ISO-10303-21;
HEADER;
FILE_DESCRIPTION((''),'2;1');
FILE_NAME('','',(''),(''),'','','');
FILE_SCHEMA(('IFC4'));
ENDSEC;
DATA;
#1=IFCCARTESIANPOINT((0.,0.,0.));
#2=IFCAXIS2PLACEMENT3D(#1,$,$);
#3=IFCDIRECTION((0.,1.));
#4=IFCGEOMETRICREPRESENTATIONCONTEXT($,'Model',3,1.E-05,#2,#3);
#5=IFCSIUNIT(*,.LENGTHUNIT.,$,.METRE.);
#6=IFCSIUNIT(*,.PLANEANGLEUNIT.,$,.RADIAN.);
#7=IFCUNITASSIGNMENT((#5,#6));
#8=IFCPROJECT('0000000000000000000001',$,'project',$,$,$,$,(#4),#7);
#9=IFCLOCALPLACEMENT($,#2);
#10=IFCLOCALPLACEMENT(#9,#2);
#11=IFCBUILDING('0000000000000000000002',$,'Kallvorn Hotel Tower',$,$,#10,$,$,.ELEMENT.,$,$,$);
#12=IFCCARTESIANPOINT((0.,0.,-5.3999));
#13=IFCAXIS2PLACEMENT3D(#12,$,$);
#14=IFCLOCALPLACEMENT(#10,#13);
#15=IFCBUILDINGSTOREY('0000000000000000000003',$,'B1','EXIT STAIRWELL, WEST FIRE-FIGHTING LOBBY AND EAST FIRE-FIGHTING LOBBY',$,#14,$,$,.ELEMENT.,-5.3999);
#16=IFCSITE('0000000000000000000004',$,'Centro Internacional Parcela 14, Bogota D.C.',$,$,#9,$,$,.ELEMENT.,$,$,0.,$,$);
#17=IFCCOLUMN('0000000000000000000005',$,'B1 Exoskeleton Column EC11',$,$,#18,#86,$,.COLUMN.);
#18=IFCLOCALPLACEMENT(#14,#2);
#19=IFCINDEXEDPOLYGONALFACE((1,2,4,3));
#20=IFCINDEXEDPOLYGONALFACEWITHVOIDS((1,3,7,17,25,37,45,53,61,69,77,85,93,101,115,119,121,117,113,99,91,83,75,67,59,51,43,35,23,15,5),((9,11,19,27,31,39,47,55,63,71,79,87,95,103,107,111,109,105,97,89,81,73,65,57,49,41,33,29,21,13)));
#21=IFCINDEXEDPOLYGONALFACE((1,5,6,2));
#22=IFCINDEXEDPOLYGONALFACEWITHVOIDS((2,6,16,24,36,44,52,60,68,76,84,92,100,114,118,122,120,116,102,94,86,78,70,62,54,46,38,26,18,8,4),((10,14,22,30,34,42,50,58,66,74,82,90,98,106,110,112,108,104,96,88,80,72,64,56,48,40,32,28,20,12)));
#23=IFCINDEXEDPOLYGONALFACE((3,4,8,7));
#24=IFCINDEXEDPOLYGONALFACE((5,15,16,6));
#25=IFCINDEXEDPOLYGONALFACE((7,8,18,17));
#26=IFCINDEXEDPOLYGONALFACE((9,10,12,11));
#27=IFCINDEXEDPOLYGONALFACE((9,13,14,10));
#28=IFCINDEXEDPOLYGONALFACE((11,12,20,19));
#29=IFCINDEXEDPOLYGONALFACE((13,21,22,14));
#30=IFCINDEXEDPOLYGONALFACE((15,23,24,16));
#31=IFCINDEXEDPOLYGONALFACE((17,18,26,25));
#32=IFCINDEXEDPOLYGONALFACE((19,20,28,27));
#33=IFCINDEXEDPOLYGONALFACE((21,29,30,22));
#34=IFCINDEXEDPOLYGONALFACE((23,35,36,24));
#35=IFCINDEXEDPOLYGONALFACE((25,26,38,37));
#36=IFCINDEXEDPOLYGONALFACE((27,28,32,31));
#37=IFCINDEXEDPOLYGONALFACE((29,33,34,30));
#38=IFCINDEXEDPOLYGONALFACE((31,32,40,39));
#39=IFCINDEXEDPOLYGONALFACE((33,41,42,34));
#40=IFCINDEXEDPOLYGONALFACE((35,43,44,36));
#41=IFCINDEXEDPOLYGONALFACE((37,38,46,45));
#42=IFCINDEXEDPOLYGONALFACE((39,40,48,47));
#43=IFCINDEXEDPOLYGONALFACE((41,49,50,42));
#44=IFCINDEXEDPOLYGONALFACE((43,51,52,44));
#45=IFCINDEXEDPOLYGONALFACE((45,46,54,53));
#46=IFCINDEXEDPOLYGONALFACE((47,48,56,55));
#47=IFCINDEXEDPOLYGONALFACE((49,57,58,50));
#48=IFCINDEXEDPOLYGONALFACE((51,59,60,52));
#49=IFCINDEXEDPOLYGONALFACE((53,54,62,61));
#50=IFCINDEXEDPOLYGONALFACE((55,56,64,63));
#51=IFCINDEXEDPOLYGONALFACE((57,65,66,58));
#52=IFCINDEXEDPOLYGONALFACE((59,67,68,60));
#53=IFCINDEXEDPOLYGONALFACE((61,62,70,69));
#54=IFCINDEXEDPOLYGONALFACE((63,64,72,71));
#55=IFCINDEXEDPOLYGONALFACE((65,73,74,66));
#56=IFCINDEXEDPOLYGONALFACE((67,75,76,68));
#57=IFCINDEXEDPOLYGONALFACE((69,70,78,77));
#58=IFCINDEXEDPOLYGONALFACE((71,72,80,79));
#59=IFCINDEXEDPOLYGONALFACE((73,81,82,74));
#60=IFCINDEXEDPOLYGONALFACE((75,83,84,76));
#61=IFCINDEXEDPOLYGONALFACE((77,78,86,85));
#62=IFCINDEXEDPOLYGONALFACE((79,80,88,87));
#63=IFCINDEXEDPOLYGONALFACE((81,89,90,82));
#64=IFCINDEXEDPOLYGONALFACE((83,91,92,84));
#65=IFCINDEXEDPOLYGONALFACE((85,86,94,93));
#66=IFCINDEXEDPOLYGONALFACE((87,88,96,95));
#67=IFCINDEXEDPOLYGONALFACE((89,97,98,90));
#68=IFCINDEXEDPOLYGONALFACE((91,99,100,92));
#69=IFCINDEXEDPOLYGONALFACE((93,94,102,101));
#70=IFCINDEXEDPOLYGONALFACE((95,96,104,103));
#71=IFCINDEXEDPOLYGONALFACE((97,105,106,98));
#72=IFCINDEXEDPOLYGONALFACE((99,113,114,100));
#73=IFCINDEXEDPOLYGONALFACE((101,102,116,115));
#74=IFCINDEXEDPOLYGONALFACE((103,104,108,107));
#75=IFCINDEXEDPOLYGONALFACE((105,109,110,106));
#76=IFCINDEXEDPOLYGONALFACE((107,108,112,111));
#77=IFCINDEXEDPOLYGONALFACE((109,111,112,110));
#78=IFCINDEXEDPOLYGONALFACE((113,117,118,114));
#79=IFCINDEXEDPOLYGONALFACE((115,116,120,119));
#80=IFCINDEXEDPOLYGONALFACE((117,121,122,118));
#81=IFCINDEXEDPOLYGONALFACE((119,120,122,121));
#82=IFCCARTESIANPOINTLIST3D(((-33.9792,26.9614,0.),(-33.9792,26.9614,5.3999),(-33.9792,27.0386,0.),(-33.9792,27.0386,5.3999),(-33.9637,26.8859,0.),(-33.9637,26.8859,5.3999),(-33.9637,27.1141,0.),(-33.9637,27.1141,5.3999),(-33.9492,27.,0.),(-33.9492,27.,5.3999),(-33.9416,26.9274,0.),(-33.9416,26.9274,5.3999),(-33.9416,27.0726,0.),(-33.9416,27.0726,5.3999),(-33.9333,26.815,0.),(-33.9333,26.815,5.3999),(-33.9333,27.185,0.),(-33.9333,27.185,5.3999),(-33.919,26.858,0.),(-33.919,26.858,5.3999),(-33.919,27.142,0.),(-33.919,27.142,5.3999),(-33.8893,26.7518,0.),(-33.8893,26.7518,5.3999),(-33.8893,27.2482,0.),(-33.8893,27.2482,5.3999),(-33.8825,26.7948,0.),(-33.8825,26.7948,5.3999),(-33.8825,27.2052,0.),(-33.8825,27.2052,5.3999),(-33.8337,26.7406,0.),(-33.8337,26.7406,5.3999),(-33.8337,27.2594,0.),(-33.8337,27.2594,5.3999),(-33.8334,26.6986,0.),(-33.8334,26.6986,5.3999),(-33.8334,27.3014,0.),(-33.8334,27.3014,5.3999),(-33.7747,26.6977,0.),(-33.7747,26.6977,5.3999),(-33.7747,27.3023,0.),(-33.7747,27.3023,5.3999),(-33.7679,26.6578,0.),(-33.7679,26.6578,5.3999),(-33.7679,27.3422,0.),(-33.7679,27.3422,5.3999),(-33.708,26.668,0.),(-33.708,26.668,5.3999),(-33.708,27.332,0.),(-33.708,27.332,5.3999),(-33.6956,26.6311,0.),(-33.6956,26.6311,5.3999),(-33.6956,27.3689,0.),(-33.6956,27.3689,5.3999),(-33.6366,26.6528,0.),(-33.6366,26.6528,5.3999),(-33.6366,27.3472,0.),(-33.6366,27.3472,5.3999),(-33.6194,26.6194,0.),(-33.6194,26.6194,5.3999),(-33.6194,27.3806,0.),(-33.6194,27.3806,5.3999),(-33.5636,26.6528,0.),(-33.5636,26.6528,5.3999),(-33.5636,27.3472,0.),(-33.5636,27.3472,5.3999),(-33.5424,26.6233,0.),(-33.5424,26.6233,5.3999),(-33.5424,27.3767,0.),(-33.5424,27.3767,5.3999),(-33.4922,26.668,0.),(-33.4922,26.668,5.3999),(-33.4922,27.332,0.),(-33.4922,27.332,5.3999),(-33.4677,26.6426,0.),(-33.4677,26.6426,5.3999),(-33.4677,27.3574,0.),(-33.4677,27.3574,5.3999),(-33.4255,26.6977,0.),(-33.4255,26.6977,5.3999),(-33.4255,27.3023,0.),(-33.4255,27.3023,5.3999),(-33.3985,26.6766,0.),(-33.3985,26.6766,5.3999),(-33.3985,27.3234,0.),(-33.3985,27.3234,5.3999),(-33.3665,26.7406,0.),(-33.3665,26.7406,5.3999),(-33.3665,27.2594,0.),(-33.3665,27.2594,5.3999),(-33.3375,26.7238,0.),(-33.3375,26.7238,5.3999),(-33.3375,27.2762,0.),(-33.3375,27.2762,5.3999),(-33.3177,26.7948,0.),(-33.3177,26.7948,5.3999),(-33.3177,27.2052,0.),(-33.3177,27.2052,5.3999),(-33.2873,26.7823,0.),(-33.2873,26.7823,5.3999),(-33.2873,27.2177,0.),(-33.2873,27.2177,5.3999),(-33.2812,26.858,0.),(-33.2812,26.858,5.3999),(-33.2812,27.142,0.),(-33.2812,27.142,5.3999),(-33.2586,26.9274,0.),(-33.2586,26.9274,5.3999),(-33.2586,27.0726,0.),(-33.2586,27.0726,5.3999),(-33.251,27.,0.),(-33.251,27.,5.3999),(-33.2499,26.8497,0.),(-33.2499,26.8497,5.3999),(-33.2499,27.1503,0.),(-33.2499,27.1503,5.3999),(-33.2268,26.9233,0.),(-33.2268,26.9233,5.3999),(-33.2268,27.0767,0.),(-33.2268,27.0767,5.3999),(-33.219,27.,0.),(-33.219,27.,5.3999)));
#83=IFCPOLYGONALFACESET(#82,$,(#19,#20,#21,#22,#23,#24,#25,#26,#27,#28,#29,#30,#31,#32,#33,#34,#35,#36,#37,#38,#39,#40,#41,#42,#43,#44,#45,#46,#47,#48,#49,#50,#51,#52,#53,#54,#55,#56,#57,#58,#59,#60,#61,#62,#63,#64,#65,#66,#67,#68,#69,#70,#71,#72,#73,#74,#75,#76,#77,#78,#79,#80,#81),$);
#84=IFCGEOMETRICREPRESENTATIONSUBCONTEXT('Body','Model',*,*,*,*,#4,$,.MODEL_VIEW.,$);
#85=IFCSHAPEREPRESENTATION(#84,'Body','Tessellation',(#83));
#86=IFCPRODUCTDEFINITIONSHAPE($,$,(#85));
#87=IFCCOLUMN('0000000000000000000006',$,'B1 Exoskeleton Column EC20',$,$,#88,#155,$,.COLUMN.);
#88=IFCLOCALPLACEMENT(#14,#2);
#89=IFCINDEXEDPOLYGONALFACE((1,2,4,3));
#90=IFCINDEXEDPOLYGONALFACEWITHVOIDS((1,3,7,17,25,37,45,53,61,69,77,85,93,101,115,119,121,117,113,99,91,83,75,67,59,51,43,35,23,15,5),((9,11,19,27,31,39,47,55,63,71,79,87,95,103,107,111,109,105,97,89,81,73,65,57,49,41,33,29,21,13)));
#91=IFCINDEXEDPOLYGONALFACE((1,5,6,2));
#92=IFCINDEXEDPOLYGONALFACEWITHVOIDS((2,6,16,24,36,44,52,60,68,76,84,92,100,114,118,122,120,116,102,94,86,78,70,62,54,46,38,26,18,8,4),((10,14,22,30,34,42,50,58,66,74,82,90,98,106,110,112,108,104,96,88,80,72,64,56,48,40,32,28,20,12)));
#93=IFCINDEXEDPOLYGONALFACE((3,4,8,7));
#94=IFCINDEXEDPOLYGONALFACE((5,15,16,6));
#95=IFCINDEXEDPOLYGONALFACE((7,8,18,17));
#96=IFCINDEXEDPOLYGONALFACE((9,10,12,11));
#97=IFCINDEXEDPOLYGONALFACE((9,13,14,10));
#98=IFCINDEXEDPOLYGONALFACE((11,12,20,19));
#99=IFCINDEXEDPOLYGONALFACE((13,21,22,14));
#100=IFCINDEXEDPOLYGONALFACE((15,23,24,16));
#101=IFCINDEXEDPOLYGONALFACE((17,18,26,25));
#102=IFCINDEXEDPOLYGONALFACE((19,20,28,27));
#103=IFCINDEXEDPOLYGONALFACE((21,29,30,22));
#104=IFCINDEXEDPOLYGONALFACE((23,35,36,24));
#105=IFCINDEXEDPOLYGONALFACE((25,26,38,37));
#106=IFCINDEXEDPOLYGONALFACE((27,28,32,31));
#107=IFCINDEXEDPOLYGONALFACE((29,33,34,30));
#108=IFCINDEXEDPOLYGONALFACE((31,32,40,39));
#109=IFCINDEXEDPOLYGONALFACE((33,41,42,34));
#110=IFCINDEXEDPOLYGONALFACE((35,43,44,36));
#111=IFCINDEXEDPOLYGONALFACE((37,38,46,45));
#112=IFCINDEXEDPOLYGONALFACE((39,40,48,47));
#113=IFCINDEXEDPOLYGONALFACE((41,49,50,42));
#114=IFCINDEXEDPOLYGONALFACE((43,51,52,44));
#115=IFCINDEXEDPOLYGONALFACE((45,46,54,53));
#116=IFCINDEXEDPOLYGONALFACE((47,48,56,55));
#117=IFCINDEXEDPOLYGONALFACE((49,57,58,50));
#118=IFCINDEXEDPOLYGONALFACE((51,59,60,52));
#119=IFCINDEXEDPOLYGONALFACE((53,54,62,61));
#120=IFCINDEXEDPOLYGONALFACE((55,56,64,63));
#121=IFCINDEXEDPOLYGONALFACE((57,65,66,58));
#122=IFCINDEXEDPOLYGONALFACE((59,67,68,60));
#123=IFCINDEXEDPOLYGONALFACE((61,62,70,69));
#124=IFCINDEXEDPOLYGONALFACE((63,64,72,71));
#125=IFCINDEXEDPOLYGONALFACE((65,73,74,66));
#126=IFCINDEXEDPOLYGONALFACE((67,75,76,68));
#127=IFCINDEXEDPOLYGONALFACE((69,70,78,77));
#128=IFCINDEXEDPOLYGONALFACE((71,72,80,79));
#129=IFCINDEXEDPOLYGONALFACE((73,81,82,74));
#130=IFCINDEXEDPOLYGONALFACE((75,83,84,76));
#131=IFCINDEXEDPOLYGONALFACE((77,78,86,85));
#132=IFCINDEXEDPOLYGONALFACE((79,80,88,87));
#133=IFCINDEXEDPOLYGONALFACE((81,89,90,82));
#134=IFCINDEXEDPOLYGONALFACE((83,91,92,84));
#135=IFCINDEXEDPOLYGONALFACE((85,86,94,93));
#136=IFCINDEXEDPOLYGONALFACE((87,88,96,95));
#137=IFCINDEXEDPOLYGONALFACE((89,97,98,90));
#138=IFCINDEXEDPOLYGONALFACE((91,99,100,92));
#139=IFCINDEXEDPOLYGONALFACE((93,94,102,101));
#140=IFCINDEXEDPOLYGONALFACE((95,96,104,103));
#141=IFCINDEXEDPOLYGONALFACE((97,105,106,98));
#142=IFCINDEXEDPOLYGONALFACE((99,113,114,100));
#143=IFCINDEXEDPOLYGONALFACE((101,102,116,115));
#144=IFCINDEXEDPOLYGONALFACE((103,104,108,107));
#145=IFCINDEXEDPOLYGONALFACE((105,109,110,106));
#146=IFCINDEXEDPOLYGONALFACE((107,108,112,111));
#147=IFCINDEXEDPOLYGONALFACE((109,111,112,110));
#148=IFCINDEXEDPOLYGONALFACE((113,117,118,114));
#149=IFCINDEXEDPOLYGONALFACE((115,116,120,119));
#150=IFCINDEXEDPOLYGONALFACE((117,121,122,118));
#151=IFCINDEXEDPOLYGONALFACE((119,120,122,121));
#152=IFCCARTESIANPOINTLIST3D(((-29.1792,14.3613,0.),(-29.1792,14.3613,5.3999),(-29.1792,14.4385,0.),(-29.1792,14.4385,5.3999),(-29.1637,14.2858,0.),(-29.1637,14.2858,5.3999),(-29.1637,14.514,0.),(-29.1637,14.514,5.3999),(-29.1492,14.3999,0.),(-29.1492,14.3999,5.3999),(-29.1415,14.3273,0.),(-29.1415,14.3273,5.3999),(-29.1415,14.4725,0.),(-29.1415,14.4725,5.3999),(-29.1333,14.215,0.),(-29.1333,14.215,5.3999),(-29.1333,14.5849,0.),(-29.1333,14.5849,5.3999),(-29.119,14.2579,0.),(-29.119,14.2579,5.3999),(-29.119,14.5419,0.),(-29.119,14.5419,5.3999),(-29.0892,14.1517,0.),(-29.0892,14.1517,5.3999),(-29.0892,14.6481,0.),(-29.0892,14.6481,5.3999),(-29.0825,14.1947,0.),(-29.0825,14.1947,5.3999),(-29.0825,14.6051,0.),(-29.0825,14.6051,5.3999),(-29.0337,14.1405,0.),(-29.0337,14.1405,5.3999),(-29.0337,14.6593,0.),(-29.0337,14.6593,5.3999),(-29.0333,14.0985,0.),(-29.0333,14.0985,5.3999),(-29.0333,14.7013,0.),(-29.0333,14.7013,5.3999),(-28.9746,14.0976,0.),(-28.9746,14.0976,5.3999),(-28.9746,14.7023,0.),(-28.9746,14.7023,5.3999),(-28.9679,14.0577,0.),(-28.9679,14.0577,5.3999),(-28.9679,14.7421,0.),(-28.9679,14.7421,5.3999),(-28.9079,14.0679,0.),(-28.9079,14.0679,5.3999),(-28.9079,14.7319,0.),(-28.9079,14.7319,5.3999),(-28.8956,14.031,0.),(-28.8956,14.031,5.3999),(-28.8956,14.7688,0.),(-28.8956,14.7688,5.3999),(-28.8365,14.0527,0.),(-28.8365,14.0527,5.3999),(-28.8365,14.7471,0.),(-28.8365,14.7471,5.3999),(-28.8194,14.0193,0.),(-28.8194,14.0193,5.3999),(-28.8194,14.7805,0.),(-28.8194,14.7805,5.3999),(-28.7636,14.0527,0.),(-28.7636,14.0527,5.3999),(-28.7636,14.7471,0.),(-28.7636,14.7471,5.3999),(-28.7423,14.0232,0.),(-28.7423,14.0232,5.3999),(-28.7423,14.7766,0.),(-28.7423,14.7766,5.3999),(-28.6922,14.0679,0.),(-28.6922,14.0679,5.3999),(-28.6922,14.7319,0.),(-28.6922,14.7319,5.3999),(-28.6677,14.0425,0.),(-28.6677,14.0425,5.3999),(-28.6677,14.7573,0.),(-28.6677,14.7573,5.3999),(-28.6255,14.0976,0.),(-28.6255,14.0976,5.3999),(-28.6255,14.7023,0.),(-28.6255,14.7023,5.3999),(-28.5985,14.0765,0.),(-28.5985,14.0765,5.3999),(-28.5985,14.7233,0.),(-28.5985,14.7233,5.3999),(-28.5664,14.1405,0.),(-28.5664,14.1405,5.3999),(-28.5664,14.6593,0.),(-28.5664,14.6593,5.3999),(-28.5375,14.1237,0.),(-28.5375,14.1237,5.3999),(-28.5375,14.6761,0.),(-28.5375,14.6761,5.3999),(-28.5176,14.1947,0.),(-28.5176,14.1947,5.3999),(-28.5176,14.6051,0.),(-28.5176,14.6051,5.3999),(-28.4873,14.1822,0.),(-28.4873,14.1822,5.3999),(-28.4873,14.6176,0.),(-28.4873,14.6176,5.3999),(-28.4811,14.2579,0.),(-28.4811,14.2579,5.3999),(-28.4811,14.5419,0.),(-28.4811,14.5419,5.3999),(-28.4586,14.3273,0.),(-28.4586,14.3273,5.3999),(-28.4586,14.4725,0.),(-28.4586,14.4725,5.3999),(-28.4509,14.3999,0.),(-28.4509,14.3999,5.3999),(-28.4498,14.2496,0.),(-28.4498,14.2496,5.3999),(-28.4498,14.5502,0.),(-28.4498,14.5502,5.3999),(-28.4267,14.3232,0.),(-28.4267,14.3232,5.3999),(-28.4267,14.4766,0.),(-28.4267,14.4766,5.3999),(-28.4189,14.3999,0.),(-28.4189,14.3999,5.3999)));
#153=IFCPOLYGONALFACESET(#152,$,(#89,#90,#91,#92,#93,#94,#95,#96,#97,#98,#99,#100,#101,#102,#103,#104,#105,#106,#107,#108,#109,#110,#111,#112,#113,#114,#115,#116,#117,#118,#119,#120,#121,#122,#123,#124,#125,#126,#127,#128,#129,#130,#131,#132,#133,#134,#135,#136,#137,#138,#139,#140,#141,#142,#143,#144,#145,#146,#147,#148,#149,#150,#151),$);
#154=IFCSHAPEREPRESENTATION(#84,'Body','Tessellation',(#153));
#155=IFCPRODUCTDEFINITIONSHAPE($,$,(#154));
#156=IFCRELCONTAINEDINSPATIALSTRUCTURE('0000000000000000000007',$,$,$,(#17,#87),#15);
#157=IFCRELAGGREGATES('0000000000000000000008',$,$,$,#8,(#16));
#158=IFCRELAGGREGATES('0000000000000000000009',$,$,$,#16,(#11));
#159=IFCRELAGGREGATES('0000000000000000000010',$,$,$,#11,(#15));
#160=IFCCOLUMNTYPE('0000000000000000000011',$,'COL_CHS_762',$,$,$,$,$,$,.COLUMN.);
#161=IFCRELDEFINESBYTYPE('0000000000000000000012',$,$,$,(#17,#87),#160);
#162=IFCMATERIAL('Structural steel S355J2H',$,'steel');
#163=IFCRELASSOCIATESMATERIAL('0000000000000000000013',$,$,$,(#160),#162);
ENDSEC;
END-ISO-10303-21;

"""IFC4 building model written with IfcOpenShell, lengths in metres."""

from ifc_helpers import new_model, si_unit, direction, frame, origin, origin_2d, place, context, subcontext, project, spatial, hollow_circle, extrude, material, material_profile, profile_set, type_object, element, save


model = new_model("IFC4")

# Units and contexts
model_context = context("Model", 3, precision=1e-05, world=origin(), true_north=direction((0.0, 1.0)))
body_context = subcontext(model_context, "Body", "Model", "MODEL_VIEW")
ifc_project = project(units=[si_unit("LENGTHUNIT", "METRE"), si_unit("PLANEANGLEUNIT", "RADIAN")], contexts=[model_context])

# Site, building, storey
site_placement = place(None, origin())
site = spatial("IfcSite", under=ifc_project, at=site_placement, Name="Centro Internacional Parcela 14, Bogota D.C.", CompositionType="ELEMENT", RefElevation=0.0)
building_placement = place(site_placement, origin())
building = spatial("IfcBuilding", under=site, at=building_placement, Name="Kallvorn Hotel Tower", CompositionType="ELEMENT")
storey_placement = place(building_placement, frame((0.0, 0.0, -5.3999)))
storey = spatial("IfcBuildingStorey", under=building, at=storey_placement, Name="B1", Description="EXIT STAIRWELL, WEST FIRE-FIGHTING LOBBY AND EAST FIRE-FIGHTING LOBBY", CompositionType="ELEMENT", Elevation=-5.3999)

# Columns
ifc_material_1 = material(Name="Structural steel S355J2H", Category="steel")
ifc_material_profile_1 = material_profile(ifc_material_1, hollow_circle(Radius=0.3811, WallThickness=0.032, at=origin_2d()), Name="CHS 762x32")
ifc_profile_set_1 = profile_set([ifc_material_profile_1], Name="Structural steel S355J2H")
column_type_1 = type_object("IfcColumnType", Name="COL_CHS_762", PredefinedType="COLUMN", material=ifc_profile_set_1)
for number, where, z_axis, x_axis, name in (
    (1, (-33.6001, 27.0, 0.0), (0.0, 0.0, 1.0), (1.0, 0.0, 0.0), "B1 Exoskeleton Column EC11"),
    (2, (-28.8, 14.3999, 0.0), (0.0, 0.0, 1.0), (1.0, 0.0, 0.0), "B1 Exoskeleton Column EC20"),
):
    element("IfcColumn", number, at=place(storey_placement, frame(where, z_axis=z_axis, x_axis=x_axis)), inside=storey, type_object=column_type_1, Name=name, PredefinedType="COLUMN", context=body_context, shape_type="SweptSolid", body=[
        extrude(hollow_circle(Radius=0.3811, WallThickness=0.032, at=origin_2d()), origin(), (0.0, 0.0, 1.0), 5.3999),
    ])

save(model, "model.ifc")
